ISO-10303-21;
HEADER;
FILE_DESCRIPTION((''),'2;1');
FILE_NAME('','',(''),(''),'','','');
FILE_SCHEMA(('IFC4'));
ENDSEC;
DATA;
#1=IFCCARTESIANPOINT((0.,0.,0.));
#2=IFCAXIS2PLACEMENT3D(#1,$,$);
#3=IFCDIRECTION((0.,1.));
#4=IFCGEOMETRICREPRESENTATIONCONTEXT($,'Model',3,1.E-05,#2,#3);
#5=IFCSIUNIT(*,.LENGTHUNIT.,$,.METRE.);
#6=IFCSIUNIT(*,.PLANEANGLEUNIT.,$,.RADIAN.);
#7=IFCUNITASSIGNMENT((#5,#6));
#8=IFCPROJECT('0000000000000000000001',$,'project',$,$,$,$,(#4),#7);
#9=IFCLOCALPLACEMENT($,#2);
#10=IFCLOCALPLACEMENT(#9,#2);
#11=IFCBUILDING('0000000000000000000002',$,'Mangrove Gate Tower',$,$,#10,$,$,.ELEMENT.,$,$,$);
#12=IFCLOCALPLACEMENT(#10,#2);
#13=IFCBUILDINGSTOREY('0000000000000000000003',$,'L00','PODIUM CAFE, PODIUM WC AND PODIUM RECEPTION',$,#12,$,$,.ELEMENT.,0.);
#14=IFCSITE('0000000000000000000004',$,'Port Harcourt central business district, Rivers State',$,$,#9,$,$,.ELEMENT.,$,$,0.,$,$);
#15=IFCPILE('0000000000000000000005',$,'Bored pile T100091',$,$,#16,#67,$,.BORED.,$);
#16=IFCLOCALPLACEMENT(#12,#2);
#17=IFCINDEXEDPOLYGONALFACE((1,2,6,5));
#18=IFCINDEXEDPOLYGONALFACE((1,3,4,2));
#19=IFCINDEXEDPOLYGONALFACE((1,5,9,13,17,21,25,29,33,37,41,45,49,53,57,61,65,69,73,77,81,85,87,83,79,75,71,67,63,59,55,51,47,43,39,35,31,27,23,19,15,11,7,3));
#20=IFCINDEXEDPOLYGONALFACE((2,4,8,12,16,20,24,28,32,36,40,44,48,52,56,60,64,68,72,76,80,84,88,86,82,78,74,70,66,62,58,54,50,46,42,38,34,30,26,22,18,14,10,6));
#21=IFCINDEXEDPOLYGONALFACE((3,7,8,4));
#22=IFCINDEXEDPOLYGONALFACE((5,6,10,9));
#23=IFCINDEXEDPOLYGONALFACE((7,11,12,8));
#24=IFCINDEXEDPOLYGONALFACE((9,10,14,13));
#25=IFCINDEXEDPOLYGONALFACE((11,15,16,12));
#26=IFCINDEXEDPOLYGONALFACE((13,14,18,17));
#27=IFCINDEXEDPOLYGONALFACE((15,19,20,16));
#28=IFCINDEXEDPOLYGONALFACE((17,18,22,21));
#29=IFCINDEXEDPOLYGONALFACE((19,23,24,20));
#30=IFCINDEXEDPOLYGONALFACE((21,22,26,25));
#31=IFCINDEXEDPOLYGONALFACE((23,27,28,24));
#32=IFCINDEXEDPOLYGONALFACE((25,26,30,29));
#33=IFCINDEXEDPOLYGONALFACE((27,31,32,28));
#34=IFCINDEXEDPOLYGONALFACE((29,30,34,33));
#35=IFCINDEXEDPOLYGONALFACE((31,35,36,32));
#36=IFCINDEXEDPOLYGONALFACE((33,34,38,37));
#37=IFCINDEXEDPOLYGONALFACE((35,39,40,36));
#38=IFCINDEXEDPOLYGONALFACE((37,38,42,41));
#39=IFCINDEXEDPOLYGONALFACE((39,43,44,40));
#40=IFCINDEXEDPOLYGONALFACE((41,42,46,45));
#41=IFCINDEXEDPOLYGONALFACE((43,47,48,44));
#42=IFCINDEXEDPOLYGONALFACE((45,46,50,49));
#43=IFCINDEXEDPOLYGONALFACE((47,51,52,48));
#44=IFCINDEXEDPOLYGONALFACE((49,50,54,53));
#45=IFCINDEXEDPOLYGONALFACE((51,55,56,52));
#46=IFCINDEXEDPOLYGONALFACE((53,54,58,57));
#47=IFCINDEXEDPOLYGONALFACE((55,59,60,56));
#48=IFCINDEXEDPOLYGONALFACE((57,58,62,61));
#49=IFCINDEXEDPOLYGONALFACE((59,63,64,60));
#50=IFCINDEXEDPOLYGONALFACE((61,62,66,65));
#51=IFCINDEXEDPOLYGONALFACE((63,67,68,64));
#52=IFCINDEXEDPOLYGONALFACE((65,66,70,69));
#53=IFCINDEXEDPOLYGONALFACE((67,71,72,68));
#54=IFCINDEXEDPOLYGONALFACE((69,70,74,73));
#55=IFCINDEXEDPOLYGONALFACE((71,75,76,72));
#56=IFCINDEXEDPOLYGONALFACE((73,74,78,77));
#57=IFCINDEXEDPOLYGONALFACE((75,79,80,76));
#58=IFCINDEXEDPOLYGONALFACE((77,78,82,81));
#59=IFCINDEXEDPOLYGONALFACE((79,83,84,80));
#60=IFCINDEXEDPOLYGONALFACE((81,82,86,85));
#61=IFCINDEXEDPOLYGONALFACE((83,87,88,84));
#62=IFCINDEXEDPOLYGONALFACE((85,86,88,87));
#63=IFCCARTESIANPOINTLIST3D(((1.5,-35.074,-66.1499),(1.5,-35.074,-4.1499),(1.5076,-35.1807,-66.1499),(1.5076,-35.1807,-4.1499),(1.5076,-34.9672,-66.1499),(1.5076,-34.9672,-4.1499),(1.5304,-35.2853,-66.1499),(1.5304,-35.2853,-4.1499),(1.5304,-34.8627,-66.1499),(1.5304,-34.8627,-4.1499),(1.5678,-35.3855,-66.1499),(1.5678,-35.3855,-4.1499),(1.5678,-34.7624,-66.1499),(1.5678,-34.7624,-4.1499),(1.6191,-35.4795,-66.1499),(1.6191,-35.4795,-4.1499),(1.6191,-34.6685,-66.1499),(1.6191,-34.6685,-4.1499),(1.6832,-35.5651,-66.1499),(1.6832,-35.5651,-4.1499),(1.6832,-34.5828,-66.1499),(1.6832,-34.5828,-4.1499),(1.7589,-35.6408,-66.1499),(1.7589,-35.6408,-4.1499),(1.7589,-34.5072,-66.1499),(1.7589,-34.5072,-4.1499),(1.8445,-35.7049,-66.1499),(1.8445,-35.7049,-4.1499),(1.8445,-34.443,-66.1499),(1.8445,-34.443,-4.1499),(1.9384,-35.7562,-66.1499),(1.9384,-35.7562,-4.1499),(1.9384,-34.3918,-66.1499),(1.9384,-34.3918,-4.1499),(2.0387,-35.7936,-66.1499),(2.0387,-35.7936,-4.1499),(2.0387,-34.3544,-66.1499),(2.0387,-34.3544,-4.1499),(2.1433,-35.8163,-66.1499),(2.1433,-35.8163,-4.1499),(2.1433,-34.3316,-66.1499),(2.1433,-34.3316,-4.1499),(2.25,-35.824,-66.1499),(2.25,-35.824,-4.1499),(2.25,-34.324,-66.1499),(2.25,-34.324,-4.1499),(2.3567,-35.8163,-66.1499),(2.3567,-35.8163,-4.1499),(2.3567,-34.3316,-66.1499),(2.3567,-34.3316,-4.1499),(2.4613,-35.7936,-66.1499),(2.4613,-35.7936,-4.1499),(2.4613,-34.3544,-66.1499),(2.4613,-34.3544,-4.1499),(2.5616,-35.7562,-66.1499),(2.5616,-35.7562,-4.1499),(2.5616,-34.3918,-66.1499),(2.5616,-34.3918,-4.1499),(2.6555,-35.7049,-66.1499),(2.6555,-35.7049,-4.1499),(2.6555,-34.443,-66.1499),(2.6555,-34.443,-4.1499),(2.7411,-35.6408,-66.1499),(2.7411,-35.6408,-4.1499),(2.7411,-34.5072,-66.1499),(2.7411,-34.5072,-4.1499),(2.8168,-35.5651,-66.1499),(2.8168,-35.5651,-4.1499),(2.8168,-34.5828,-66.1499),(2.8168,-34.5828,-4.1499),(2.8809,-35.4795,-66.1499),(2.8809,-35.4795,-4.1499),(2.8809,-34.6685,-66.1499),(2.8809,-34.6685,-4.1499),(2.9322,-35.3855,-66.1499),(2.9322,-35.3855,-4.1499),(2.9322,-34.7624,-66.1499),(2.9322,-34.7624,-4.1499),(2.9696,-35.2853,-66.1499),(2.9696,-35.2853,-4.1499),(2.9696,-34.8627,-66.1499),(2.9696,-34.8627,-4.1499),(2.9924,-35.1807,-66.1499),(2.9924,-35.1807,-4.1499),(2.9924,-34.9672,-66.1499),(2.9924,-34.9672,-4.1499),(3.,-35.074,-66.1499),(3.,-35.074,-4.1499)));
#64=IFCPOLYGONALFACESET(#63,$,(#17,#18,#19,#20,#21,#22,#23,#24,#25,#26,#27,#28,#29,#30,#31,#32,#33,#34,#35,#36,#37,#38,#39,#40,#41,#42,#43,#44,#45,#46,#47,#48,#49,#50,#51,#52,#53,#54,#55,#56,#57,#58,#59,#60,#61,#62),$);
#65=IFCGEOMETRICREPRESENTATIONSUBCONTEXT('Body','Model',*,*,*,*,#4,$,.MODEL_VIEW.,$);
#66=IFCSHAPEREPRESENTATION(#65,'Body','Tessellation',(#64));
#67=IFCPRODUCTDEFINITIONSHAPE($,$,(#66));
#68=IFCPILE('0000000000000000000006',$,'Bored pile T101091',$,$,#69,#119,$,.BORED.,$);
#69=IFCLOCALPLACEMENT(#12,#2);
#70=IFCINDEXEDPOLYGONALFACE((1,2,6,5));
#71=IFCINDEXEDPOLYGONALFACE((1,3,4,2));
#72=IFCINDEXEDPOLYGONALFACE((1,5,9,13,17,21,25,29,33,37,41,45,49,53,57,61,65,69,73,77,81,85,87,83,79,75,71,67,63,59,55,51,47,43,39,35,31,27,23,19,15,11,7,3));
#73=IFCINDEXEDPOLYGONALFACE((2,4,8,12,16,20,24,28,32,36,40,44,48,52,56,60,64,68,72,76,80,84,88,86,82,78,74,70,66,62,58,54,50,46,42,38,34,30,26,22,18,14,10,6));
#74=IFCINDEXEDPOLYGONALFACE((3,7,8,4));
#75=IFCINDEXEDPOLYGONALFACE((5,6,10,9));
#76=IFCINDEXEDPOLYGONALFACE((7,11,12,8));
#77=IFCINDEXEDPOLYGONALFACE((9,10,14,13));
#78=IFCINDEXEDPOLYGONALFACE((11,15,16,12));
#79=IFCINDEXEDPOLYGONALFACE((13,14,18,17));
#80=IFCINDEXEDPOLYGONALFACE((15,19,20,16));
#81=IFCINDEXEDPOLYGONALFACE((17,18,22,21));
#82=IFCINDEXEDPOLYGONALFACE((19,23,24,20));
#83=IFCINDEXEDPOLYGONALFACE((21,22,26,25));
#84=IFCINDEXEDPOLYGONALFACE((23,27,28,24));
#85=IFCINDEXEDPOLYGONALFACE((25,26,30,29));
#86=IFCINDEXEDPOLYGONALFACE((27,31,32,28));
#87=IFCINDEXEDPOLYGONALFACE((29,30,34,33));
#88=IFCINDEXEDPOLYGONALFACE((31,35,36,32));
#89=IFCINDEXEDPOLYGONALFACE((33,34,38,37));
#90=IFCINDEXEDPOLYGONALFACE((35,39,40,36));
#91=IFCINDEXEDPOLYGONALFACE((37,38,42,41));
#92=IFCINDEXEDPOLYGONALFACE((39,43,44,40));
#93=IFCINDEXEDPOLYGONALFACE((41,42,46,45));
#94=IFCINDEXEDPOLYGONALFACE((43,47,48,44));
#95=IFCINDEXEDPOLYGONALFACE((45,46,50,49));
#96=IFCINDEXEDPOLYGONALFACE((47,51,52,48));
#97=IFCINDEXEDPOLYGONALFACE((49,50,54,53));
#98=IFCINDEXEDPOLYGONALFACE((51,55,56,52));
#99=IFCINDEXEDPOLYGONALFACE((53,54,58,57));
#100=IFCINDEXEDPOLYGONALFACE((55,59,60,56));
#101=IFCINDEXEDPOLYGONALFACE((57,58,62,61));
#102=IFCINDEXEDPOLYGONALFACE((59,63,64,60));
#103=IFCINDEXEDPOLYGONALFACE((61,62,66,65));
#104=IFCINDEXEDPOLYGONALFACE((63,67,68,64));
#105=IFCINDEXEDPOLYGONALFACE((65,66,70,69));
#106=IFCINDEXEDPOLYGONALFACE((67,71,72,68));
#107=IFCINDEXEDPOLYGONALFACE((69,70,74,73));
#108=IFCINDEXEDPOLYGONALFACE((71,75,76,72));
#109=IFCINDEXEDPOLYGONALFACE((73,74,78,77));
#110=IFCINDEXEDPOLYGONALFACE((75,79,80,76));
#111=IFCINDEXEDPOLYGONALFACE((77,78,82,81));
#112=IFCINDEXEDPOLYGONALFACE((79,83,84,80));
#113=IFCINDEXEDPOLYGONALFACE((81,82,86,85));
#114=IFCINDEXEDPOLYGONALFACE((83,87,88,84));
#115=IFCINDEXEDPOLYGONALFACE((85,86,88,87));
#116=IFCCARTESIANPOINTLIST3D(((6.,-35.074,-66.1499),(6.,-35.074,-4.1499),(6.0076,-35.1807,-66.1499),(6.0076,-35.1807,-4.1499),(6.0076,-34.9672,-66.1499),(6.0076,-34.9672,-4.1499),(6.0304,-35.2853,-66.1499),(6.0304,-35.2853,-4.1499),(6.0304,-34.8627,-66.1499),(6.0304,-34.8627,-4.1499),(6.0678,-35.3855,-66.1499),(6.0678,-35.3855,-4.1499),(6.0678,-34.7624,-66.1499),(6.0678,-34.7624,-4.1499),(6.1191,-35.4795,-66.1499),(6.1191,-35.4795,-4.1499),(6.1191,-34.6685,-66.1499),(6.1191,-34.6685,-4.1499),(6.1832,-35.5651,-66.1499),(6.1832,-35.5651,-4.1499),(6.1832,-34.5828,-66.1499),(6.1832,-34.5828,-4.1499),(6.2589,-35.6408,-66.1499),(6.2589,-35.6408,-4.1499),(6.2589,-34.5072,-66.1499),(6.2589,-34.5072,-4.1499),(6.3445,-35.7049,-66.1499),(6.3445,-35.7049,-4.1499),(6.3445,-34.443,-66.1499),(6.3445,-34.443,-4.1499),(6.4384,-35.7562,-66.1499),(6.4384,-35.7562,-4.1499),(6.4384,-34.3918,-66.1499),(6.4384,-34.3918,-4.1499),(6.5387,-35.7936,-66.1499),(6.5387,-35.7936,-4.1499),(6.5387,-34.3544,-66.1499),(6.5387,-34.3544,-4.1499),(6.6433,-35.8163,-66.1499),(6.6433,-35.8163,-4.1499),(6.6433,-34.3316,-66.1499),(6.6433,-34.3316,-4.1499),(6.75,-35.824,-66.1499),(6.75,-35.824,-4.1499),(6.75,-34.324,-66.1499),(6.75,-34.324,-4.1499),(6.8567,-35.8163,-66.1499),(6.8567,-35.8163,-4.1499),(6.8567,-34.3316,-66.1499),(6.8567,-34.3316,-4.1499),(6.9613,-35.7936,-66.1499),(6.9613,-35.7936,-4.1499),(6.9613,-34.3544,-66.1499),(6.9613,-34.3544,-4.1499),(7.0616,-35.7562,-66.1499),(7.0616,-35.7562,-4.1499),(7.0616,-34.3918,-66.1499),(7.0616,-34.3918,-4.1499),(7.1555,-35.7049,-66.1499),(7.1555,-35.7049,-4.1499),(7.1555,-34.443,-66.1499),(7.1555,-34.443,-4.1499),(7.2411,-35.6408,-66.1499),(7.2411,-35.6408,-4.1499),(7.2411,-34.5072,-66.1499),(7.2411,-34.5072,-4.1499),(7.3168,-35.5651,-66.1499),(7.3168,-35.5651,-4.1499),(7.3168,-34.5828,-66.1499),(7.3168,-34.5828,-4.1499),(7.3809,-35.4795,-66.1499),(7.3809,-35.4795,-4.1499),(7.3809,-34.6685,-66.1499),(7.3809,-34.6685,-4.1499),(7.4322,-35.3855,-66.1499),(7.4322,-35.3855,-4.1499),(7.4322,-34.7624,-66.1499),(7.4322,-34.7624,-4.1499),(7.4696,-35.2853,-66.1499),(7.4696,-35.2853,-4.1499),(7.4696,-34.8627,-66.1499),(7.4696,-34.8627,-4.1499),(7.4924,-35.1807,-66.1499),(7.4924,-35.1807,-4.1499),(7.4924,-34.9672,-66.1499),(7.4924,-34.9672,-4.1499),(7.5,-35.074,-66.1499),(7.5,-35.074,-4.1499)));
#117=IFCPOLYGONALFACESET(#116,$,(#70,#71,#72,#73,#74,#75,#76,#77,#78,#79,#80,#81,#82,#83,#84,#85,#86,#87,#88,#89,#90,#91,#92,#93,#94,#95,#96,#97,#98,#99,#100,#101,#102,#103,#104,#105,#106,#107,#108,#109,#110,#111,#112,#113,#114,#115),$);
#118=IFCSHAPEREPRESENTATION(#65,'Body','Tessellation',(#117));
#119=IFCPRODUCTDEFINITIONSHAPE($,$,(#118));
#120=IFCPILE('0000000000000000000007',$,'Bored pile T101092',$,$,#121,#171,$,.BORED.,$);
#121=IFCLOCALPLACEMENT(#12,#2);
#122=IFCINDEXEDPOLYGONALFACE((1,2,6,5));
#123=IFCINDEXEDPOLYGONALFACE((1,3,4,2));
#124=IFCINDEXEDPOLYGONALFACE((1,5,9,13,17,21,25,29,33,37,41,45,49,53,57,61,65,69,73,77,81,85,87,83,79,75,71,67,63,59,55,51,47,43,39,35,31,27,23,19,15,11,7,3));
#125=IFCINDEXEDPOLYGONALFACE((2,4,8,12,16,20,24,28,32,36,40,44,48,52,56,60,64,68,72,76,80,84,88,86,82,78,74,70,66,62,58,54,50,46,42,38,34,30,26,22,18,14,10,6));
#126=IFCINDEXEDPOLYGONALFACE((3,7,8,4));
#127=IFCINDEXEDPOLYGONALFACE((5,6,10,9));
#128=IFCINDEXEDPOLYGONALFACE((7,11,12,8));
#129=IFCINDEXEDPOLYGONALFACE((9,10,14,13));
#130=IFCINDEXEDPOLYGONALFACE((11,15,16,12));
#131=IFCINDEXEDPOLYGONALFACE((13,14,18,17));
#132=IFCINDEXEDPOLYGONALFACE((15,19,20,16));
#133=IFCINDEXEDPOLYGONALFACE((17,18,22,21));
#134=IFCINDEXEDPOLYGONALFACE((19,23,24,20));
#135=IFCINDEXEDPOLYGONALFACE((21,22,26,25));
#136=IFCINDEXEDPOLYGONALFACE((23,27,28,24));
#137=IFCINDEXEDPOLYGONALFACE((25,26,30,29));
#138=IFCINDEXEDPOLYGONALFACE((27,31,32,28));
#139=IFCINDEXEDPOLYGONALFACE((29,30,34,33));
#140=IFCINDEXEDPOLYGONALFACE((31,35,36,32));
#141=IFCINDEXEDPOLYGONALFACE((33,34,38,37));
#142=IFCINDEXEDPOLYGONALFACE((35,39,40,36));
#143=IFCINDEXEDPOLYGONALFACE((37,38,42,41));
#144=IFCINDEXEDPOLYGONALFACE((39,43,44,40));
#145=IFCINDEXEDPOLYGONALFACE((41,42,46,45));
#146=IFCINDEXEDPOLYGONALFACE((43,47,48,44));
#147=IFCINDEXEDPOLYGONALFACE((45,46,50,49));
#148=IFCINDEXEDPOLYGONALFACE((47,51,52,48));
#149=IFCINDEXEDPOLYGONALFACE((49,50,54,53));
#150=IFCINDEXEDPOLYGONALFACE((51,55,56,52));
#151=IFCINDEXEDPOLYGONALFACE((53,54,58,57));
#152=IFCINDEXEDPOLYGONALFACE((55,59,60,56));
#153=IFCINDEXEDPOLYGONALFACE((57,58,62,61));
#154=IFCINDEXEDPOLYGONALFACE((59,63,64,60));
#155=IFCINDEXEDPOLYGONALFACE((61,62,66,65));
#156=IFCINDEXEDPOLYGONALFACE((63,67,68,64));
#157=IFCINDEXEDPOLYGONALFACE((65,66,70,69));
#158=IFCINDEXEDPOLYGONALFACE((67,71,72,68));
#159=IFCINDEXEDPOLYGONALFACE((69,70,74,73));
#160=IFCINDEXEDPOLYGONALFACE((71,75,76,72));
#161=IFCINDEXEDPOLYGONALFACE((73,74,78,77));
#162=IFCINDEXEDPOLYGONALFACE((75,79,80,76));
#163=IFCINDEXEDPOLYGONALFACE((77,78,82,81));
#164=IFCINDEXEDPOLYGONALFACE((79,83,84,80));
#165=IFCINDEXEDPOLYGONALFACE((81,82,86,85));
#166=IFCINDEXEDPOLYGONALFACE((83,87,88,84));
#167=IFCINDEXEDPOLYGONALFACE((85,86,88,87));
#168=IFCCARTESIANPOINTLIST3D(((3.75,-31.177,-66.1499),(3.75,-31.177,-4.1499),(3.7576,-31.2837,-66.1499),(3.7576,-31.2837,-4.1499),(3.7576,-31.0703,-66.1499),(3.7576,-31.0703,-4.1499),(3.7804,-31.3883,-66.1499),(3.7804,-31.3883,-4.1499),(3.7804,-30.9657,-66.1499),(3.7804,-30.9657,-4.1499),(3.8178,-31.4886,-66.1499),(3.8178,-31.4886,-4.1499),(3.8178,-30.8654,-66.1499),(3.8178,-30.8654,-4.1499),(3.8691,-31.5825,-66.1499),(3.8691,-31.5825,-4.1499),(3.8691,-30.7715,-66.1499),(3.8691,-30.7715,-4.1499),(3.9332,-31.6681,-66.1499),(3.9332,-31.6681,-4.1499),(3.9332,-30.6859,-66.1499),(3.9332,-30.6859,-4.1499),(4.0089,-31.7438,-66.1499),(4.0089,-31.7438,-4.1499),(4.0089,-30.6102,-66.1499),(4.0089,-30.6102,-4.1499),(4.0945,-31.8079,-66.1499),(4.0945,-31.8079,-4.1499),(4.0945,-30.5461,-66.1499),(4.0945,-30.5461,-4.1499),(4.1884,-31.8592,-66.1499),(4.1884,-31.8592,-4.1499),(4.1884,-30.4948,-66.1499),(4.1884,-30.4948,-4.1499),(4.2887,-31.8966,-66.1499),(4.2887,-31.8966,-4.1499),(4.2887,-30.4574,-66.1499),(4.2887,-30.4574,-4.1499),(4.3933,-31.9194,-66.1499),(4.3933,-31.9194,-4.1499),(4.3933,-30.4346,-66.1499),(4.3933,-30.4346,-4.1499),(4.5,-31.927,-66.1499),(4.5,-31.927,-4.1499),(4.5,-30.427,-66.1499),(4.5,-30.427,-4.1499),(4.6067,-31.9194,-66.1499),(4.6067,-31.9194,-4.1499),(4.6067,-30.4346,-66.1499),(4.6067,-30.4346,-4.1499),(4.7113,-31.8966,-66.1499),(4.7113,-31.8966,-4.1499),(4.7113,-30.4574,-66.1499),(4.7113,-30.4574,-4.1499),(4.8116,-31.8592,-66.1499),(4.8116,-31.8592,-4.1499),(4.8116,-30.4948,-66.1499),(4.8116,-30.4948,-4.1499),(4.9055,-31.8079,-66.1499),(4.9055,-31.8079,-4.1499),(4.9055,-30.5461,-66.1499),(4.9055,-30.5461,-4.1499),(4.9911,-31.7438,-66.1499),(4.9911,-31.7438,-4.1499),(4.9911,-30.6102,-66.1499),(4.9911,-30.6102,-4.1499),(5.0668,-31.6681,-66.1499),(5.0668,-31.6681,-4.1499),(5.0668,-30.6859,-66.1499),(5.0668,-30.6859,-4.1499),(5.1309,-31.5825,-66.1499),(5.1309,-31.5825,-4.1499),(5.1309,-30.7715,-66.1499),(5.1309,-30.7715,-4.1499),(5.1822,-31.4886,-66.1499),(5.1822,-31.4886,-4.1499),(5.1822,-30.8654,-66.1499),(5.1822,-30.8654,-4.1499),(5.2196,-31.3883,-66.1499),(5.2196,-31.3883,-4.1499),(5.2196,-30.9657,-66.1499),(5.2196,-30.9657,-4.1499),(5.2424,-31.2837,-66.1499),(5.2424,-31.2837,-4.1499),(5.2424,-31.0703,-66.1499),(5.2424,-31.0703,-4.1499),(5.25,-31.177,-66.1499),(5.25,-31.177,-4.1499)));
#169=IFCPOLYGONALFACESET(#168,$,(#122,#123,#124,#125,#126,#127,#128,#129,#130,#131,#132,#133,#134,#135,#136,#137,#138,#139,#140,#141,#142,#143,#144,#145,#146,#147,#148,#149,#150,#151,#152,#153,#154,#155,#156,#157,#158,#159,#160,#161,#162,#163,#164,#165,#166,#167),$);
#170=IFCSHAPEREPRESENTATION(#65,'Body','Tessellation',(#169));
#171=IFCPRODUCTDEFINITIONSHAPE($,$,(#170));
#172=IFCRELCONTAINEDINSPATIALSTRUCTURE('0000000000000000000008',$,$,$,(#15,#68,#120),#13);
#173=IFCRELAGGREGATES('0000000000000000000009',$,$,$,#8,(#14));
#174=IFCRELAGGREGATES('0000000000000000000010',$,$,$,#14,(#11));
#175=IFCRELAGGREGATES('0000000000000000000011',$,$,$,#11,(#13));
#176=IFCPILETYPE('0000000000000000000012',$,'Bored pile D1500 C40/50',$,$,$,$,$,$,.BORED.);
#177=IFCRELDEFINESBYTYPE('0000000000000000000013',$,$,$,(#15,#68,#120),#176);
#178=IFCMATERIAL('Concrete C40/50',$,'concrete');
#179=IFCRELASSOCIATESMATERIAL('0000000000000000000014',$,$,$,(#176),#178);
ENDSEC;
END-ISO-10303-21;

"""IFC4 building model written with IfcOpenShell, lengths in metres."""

from ifc_helpers import new_model, si_unit, direction, frame, origin, origin_2d, place, context, subcontext, project, spatial, circle, extrude, material, material_profile, profile_set, type_object, element, save


model = new_model("IFC4")

# Units and contexts
model_context = context("Model", 3, precision=1e-05, world=origin(), true_north=direction((0.0, 1.0)))
body_context = subcontext(model_context, "Body", "Model", "MODEL_VIEW")
ifc_project = project(units=[si_unit("LENGTHUNIT", "METRE"), si_unit("PLANEANGLEUNIT", "RADIAN")], contexts=[model_context])

# Site, building, storey
site_placement = place(None, origin())
site = spatial("IfcSite", under=ifc_project, at=site_placement, Name="Port Harcourt central business district, Rivers State", CompositionType="ELEMENT", RefElevation=0.0)
building_placement = place(site_placement, origin())
building = spatial("IfcBuilding", under=site, at=building_placement, Name="Mangrove Gate Tower", CompositionType="ELEMENT")
storey_placement = place(building_placement, origin())
storey = spatial("IfcBuildingStorey", under=building, at=storey_placement, Name="L00", Description="PODIUM CAFE, PODIUM WC AND PODIUM RECEPTION", CompositionType="ELEMENT", Elevation=0.0)

# Piles
ifc_material_1 = material(Name="Concrete C40/50", Category="concrete")
ifc_material_profile_1 = material_profile(ifc_material_1, circle(Radius=0.75, at=origin_2d()))
ifc_profile_set_1 = profile_set([ifc_material_profile_1], Name="Concrete C40/50")
pile_type = type_object("IfcPileType", Name="Bored pile D1500 C40/50", PredefinedType="BORED", material=ifc_profile_set_1)
for number, where, z_axis, x_axis, name in (
    (1, (2.25, -35.074, -4.1499), (0.0, 0.0, -1.0), (1.0, 0.0, 0.0), "Bored pile T100091"),
    (2, (6.75, -35.074, -4.1499), (0.0, 0.0, -1.0), (1.0, 0.0, 0.0), "Bored pile T101091"),
    (3, (4.5, -31.177, -4.1499), (0.0, 0.0, -1.0), (1.0, 0.0, 0.0), "Bored pile T101092"),
):
    element("IfcPile", number, at=place(storey_placement, frame(where, z_axis=z_axis, x_axis=x_axis)), inside=storey, type_object=pile_type, Name=name, PredefinedType="BORED", context=body_context, shape_type="SweptSolid", body=[
        extrude(circle(Radius=0.75, at=origin_2d()), origin(), (0.0, 0.0, 1.0), 62.0),
    ])

save(model, "model.ifc")
